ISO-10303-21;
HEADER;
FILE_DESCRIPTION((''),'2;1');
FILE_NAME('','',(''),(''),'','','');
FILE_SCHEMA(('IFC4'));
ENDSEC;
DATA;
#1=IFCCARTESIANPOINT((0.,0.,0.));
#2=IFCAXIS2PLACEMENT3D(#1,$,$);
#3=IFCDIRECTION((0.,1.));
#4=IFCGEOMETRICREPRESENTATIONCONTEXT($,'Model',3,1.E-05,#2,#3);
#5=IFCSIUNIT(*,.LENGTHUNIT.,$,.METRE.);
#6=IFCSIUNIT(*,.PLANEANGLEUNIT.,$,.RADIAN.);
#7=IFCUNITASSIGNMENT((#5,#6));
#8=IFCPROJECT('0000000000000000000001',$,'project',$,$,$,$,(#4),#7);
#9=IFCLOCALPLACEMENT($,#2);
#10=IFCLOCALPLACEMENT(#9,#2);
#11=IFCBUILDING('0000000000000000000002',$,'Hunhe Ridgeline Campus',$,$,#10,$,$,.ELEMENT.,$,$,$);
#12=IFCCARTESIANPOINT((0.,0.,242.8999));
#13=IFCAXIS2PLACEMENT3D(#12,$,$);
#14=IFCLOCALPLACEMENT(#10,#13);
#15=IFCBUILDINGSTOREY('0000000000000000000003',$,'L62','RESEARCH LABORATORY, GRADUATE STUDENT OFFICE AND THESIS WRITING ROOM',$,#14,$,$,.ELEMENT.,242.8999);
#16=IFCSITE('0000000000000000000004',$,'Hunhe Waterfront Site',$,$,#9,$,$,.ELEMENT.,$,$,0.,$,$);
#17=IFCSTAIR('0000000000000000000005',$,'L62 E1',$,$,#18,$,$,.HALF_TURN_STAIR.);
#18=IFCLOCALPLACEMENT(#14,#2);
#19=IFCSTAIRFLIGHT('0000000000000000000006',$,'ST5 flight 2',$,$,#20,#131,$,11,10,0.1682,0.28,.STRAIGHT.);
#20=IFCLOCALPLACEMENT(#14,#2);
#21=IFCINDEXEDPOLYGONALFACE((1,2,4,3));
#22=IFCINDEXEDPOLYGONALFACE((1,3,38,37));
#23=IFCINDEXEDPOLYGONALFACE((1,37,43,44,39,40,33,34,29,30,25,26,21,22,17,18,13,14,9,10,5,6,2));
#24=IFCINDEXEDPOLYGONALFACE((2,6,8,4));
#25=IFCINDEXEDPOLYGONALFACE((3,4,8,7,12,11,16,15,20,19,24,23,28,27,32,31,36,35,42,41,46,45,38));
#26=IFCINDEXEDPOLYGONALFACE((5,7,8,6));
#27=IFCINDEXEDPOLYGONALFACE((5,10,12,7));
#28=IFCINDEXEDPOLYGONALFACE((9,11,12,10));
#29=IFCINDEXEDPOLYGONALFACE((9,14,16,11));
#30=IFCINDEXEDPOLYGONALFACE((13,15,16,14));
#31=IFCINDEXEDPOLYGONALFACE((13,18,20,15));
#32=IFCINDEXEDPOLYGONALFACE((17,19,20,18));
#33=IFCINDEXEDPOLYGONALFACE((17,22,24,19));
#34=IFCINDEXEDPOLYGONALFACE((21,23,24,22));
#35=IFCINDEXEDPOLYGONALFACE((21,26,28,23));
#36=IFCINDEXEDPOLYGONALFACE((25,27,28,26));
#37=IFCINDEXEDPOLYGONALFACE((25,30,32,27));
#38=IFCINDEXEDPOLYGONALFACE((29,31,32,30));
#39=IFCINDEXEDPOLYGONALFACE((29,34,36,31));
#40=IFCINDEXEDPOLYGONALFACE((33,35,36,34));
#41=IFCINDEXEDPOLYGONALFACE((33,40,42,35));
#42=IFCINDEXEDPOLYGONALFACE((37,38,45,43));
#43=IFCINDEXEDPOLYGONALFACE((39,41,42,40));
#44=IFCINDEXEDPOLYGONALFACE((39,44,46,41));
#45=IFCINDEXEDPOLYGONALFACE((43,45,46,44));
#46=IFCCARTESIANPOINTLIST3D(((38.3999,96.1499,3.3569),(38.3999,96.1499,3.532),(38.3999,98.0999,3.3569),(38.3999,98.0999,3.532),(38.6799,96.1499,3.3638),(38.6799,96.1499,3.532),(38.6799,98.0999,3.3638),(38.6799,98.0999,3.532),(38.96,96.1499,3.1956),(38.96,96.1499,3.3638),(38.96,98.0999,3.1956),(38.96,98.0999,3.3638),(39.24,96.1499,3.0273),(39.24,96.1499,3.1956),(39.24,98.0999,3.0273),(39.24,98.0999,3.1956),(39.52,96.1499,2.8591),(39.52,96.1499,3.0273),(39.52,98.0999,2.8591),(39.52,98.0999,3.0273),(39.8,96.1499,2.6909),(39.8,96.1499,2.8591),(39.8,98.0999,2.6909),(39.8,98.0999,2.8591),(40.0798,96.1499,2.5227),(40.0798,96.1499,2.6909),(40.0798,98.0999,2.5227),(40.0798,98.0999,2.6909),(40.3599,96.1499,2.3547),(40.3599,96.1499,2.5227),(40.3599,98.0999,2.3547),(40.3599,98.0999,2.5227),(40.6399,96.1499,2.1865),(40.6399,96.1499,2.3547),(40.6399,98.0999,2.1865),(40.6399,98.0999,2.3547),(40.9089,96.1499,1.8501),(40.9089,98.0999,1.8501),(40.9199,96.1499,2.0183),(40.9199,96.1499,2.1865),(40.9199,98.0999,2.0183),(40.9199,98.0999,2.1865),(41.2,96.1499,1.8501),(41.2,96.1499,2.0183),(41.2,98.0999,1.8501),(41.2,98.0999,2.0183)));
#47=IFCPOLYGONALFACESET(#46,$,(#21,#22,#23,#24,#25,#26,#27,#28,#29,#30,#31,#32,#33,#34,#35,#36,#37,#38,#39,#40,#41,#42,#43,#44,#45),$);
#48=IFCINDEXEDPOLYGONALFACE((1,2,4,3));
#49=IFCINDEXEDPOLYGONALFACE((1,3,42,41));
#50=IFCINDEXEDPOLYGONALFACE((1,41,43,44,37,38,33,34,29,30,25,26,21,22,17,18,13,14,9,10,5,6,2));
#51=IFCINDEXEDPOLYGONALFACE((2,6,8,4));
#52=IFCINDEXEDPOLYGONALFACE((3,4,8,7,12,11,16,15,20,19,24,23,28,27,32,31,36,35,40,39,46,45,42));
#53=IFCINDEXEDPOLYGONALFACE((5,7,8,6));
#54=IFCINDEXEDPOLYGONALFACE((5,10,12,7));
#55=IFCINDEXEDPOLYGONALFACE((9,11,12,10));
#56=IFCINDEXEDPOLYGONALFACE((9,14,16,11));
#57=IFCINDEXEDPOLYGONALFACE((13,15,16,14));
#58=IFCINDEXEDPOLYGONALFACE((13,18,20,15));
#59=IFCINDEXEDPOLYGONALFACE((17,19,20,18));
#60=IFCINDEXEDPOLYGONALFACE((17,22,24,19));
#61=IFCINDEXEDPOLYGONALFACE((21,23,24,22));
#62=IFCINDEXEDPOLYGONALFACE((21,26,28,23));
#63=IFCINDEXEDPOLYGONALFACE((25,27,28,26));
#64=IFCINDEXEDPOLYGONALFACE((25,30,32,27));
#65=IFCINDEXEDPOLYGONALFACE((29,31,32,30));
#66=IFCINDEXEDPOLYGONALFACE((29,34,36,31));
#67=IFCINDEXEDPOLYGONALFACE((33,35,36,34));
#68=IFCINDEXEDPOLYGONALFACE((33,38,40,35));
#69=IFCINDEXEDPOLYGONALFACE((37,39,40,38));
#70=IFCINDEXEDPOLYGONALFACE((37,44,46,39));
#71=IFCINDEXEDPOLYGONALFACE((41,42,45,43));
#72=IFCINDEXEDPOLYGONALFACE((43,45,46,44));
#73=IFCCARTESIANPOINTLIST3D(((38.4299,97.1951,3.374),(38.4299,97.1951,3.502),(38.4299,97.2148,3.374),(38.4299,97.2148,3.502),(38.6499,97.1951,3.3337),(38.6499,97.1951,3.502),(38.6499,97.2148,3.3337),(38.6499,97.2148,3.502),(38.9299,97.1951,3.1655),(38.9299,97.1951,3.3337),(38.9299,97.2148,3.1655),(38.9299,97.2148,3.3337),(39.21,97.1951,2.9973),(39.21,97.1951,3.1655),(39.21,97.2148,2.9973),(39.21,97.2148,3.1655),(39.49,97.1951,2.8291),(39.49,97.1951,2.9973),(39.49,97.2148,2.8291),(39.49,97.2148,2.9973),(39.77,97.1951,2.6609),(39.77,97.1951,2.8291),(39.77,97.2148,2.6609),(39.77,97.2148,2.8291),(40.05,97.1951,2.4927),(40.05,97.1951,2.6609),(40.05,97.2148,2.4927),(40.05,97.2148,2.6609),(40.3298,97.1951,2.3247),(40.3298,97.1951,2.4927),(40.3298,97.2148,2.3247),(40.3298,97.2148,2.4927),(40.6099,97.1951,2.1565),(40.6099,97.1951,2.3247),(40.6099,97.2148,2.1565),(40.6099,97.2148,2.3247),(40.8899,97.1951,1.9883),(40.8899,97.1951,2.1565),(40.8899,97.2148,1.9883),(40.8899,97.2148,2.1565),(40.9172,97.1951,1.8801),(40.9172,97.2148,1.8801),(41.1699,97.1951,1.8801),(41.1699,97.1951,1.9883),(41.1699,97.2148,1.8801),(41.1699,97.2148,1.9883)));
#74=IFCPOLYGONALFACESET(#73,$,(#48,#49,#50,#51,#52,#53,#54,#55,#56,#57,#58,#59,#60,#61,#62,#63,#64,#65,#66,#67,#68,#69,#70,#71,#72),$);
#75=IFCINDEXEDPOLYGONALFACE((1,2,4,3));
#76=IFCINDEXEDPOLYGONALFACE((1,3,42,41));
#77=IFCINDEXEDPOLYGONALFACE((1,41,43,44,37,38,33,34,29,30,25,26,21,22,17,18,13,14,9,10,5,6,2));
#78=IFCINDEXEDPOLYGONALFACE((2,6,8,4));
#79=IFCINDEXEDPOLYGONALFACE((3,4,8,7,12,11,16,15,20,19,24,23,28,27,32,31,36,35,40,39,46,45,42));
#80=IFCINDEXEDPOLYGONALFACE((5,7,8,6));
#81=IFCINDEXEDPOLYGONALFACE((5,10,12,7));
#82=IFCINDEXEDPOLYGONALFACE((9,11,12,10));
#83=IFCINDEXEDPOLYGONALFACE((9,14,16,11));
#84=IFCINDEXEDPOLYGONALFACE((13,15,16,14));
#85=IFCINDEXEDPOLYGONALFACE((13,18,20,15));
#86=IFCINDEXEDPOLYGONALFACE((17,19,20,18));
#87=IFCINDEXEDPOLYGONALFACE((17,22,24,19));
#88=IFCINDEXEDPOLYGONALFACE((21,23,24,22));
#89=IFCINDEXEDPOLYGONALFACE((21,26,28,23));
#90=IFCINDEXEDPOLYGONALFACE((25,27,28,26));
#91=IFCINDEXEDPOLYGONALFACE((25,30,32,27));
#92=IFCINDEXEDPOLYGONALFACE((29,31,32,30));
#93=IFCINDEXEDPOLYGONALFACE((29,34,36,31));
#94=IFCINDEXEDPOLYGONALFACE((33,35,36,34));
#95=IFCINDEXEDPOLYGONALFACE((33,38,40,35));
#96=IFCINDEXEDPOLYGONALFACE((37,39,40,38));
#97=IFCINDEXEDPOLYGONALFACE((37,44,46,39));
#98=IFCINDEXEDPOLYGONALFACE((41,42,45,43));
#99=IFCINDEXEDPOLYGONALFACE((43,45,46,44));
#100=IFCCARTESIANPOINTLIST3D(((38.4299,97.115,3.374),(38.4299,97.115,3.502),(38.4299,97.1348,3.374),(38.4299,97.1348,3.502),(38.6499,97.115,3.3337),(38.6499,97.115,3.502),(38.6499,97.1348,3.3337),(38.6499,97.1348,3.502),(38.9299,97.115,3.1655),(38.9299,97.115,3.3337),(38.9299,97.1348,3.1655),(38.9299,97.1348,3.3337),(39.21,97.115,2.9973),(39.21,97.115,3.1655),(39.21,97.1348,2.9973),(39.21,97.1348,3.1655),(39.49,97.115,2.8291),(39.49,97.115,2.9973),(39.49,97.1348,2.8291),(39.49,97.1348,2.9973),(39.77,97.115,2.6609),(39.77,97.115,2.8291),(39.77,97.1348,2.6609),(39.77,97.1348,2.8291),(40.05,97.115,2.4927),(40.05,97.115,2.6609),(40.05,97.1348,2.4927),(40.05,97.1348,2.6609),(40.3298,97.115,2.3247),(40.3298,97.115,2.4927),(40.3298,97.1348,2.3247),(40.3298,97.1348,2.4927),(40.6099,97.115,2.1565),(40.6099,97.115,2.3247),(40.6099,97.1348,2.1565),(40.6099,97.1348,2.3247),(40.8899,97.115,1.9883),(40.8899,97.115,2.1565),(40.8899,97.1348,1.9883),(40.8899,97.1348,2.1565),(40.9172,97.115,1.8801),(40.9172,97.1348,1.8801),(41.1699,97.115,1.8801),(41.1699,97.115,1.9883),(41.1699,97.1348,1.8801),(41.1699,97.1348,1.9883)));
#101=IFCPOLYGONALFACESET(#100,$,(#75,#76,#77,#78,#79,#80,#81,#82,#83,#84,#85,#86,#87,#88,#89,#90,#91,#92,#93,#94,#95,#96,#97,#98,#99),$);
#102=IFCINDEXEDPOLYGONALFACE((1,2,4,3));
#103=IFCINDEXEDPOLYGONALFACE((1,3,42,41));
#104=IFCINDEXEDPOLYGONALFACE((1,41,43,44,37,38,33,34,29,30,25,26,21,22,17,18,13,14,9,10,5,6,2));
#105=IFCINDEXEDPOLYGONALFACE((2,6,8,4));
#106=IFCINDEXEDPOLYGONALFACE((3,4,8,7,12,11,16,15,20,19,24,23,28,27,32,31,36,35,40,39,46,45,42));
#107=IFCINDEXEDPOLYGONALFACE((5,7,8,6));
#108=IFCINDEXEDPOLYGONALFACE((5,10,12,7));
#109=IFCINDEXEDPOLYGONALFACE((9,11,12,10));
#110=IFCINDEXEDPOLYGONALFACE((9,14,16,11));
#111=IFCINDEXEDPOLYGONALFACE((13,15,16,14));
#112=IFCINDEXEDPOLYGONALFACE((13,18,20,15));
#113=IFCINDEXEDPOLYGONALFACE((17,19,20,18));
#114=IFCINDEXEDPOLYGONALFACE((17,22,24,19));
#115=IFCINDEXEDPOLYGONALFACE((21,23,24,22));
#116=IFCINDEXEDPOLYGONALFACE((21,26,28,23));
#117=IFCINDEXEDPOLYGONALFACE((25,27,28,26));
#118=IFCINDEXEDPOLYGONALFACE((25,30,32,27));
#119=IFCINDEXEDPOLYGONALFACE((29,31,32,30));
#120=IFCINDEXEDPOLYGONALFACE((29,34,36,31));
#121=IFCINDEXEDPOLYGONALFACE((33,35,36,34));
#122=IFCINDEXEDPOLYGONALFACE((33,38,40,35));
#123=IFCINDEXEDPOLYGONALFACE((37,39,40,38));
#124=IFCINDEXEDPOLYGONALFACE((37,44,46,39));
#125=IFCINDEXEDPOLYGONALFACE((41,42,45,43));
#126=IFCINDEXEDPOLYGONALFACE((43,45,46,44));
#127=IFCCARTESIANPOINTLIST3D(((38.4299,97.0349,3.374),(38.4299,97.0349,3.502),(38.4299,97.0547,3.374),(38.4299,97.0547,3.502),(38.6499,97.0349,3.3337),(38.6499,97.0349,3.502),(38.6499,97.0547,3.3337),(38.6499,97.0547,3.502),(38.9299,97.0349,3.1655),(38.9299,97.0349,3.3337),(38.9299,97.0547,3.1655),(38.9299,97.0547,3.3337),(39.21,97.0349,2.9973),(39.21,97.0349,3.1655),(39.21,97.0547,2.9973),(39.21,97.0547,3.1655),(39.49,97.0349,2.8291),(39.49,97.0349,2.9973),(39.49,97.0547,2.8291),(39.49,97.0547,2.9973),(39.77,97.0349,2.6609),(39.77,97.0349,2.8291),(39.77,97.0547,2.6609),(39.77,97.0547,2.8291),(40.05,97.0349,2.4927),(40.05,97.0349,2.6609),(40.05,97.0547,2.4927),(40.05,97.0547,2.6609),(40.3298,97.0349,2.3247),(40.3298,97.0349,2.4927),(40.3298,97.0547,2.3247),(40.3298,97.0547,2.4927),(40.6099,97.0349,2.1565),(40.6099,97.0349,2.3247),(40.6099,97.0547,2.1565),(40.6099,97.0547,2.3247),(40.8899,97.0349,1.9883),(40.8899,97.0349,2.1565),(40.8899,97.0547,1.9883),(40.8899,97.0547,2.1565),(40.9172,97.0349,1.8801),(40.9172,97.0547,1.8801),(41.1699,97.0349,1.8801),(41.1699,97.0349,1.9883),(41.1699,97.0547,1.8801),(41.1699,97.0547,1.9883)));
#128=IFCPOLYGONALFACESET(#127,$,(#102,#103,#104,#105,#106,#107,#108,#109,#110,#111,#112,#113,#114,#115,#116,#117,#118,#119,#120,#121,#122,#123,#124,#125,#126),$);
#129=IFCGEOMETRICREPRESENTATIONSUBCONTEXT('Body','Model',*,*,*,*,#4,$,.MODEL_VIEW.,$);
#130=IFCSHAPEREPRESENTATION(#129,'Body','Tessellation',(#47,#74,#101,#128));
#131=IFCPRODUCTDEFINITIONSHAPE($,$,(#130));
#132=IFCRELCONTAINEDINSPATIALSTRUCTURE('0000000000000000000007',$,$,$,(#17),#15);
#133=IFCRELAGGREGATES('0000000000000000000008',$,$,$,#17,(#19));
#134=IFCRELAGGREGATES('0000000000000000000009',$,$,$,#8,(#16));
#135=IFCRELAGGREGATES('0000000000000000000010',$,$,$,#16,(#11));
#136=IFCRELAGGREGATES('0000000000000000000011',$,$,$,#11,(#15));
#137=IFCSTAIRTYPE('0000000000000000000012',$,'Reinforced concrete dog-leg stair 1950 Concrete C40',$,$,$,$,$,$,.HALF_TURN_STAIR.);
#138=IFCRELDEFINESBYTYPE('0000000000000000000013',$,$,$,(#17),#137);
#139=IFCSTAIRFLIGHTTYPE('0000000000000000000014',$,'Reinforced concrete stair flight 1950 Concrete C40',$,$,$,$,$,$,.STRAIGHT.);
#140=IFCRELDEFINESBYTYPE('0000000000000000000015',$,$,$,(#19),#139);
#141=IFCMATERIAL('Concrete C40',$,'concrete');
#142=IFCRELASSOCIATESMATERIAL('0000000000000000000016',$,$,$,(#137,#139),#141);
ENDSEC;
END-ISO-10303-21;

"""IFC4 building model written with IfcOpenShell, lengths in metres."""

from ifc_helpers import new_model, si_unit, direction, frame, origin, place, context, subcontext, project, spatial, polyline, outline, extrude, material, type_object, element, aggregate, save


model = new_model("IFC4")

# Units and contexts
model_context = context("Model", 3, precision=1e-05, world=origin(), true_north=direction((0.0, 1.0)))
body_context = subcontext(model_context, "Body", "Model", "MODEL_VIEW")
ifc_project = project(units=[si_unit("LENGTHUNIT", "METRE"), si_unit("PLANEANGLEUNIT", "RADIAN")], contexts=[model_context])

# Site, building, storey
site_placement = place(None, origin())
site = spatial("IfcSite", under=ifc_project, at=site_placement, Name="Hunhe Waterfront Site", CompositionType="ELEMENT", RefElevation=0.0)
building_placement = place(site_placement, origin())
building = spatial("IfcBuilding", under=site, at=building_placement, Name="Hunhe Ridgeline Campus", CompositionType="ELEMENT")
storey_placement = place(building_placement, frame((0.0, 0.0, 242.8999)))
storey = spatial("IfcBuildingStorey", under=building, at=storey_placement, Name="L62", Description="RESEARCH LABORATORY, GRADUATE STUDENT OFFICE AND THESIS WRITING ROOM", CompositionType="ELEMENT", Elevation=242.8999)

# Stair, stair flight
ifc_material_1 = material(Name="Concrete C40", Category="concrete")
stair_type = type_object("IfcStairType", Name="Reinforced concrete dog-leg stair 1950 Concrete C40", PredefinedType="HALF_TURN_STAIR", material=ifc_material_1)
stair_placement = place(storey_placement, origin())
stair = element("IfcStair", 1, at=stair_placement, inside=storey, type_object=stair_type, Name="L62 E1", PredefinedType="HALF_TURN_STAIR")
stair_flight_type = type_object("IfcStairFlightType", Name="Reinforced concrete stair flight 1950 Concrete C40", PredefinedType="STRAIGHT", material=ifc_material_1)
stair_flight_1_placement = place(storey_placement, frame((41.2, 97.125, 1.8501), z_axis=(0.0, 0.0, 1.0), x_axis=(-1.0, 0.0, 0.0)))
stair_flight_1 = element("IfcStairFlight", 2, at=stair_flight_1_placement, type_object=stair_flight_type, Name="ST5 flight 2", NumberOfRisers=11, NumberOfTreads=10, PredefinedType="STRAIGHT", RiserHeight=0.1682, TreadLength=0.28, context=body_context, shape_type="SweptSolid", body=[
    extrude(outline(polyline([(0.0, 0.0), (0.0, 0.1682), (0.28, 0.1682), (0.28, 0.3364), (0.5601, 0.3364), (0.5601, 0.5046), (0.8401, 0.5046), (0.8401, 0.6726), (1.1201, 0.6726), (1.1201, 0.8408), (1.3999, 0.8408), (1.3999, 1.009), (1.6799, 1.009), (1.6799, 1.1772), (1.96, 1.1772), (1.96, 1.3455), (2.24, 1.3455), (2.24, 1.5137), (2.52, 1.5137), (2.52, 1.6819), (2.8, 1.6819), (2.8, 1.8501), (2.8, 1.5068), (0.291, 0.0), (0.0, 0.0)])), frame((0.0, 0.9751, 0.0), z_axis=(0.0, -1.0, 0.0), x_axis=(1.0, 0.0, 0.0)), (0.0, 0.0, 1.0), 1.95),
    extrude(outline(polyline([(0.03, 0.03), (0.03, 0.1382), (0.3101, 0.1382), (0.3101, 0.3064), (0.5901, 0.3064), (0.5901, 0.4746), (0.8701, 0.4746), (0.8701, 0.6426), (1.1499, 0.6426), (1.1499, 0.8108), (1.4299, 0.8108), (1.4299, 0.979), (1.71, 0.979), (1.71, 1.1472), (1.99, 1.1472), (1.99, 1.3154), (2.27, 1.3154), (2.27, 1.4836), (2.55, 1.4836), (2.55, 1.6519), (2.77, 1.6519), (2.77, 1.5239), (0.2827, 0.03), (0.03, 0.03)])), frame((0.0, -0.0701, 0.0), z_axis=(0.0, -1.0, 0.0), x_axis=(1.0, 0.0, 0.0)), (0.0, 0.0, 1.0), 0.0198),
    extrude(outline(polyline([(0.03, 0.03), (0.03, 0.1382), (0.3101, 0.1382), (0.3101, 0.3064), (0.5901, 0.3064), (0.5901, 0.4746), (0.8701, 0.4746), (0.8701, 0.6426), (1.1499, 0.6426), (1.1499, 0.8108), (1.4299, 0.8108), (1.4299, 0.979), (1.71, 0.979), (1.71, 1.1472), (1.99, 1.1472), (1.99, 1.3154), (2.27, 1.3154), (2.27, 1.4836), (2.55, 1.4836), (2.55, 1.6519), (2.77, 1.6519), (2.77, 1.5239), (0.2827, 0.03), (0.03, 0.03)])), frame((0.0, 0.01, 0.0), z_axis=(0.0, -1.0, 0.0), x_axis=(1.0, 0.0, 0.0)), (0.0, 0.0, 1.0), 0.0198),
    extrude(outline(polyline([(0.03, 0.03), (0.03, 0.1382), (0.3101, 0.1382), (0.3101, 0.3064), (0.5901, 0.3064), (0.5901, 0.4746), (0.8701, 0.4746), (0.8701, 0.6426), (1.1499, 0.6426), (1.1499, 0.8108), (1.4299, 0.8108), (1.4299, 0.979), (1.71, 0.979), (1.71, 1.1472), (1.99, 1.1472), (1.99, 1.3154), (2.27, 1.3154), (2.27, 1.4836), (2.55, 1.4836), (2.55, 1.6519), (2.77, 1.6519), (2.77, 1.5239), (0.2827, 0.03), (0.03, 0.03)])), frame((0.0, 0.0901, 0.0), z_axis=(0.0, -1.0, 0.0), x_axis=(1.0, 0.0, 0.0)), (0.0, 0.0, 1.0), 0.0198),
])
aggregate(stair, [stair_flight_1])

save(model, "model.ifc")
